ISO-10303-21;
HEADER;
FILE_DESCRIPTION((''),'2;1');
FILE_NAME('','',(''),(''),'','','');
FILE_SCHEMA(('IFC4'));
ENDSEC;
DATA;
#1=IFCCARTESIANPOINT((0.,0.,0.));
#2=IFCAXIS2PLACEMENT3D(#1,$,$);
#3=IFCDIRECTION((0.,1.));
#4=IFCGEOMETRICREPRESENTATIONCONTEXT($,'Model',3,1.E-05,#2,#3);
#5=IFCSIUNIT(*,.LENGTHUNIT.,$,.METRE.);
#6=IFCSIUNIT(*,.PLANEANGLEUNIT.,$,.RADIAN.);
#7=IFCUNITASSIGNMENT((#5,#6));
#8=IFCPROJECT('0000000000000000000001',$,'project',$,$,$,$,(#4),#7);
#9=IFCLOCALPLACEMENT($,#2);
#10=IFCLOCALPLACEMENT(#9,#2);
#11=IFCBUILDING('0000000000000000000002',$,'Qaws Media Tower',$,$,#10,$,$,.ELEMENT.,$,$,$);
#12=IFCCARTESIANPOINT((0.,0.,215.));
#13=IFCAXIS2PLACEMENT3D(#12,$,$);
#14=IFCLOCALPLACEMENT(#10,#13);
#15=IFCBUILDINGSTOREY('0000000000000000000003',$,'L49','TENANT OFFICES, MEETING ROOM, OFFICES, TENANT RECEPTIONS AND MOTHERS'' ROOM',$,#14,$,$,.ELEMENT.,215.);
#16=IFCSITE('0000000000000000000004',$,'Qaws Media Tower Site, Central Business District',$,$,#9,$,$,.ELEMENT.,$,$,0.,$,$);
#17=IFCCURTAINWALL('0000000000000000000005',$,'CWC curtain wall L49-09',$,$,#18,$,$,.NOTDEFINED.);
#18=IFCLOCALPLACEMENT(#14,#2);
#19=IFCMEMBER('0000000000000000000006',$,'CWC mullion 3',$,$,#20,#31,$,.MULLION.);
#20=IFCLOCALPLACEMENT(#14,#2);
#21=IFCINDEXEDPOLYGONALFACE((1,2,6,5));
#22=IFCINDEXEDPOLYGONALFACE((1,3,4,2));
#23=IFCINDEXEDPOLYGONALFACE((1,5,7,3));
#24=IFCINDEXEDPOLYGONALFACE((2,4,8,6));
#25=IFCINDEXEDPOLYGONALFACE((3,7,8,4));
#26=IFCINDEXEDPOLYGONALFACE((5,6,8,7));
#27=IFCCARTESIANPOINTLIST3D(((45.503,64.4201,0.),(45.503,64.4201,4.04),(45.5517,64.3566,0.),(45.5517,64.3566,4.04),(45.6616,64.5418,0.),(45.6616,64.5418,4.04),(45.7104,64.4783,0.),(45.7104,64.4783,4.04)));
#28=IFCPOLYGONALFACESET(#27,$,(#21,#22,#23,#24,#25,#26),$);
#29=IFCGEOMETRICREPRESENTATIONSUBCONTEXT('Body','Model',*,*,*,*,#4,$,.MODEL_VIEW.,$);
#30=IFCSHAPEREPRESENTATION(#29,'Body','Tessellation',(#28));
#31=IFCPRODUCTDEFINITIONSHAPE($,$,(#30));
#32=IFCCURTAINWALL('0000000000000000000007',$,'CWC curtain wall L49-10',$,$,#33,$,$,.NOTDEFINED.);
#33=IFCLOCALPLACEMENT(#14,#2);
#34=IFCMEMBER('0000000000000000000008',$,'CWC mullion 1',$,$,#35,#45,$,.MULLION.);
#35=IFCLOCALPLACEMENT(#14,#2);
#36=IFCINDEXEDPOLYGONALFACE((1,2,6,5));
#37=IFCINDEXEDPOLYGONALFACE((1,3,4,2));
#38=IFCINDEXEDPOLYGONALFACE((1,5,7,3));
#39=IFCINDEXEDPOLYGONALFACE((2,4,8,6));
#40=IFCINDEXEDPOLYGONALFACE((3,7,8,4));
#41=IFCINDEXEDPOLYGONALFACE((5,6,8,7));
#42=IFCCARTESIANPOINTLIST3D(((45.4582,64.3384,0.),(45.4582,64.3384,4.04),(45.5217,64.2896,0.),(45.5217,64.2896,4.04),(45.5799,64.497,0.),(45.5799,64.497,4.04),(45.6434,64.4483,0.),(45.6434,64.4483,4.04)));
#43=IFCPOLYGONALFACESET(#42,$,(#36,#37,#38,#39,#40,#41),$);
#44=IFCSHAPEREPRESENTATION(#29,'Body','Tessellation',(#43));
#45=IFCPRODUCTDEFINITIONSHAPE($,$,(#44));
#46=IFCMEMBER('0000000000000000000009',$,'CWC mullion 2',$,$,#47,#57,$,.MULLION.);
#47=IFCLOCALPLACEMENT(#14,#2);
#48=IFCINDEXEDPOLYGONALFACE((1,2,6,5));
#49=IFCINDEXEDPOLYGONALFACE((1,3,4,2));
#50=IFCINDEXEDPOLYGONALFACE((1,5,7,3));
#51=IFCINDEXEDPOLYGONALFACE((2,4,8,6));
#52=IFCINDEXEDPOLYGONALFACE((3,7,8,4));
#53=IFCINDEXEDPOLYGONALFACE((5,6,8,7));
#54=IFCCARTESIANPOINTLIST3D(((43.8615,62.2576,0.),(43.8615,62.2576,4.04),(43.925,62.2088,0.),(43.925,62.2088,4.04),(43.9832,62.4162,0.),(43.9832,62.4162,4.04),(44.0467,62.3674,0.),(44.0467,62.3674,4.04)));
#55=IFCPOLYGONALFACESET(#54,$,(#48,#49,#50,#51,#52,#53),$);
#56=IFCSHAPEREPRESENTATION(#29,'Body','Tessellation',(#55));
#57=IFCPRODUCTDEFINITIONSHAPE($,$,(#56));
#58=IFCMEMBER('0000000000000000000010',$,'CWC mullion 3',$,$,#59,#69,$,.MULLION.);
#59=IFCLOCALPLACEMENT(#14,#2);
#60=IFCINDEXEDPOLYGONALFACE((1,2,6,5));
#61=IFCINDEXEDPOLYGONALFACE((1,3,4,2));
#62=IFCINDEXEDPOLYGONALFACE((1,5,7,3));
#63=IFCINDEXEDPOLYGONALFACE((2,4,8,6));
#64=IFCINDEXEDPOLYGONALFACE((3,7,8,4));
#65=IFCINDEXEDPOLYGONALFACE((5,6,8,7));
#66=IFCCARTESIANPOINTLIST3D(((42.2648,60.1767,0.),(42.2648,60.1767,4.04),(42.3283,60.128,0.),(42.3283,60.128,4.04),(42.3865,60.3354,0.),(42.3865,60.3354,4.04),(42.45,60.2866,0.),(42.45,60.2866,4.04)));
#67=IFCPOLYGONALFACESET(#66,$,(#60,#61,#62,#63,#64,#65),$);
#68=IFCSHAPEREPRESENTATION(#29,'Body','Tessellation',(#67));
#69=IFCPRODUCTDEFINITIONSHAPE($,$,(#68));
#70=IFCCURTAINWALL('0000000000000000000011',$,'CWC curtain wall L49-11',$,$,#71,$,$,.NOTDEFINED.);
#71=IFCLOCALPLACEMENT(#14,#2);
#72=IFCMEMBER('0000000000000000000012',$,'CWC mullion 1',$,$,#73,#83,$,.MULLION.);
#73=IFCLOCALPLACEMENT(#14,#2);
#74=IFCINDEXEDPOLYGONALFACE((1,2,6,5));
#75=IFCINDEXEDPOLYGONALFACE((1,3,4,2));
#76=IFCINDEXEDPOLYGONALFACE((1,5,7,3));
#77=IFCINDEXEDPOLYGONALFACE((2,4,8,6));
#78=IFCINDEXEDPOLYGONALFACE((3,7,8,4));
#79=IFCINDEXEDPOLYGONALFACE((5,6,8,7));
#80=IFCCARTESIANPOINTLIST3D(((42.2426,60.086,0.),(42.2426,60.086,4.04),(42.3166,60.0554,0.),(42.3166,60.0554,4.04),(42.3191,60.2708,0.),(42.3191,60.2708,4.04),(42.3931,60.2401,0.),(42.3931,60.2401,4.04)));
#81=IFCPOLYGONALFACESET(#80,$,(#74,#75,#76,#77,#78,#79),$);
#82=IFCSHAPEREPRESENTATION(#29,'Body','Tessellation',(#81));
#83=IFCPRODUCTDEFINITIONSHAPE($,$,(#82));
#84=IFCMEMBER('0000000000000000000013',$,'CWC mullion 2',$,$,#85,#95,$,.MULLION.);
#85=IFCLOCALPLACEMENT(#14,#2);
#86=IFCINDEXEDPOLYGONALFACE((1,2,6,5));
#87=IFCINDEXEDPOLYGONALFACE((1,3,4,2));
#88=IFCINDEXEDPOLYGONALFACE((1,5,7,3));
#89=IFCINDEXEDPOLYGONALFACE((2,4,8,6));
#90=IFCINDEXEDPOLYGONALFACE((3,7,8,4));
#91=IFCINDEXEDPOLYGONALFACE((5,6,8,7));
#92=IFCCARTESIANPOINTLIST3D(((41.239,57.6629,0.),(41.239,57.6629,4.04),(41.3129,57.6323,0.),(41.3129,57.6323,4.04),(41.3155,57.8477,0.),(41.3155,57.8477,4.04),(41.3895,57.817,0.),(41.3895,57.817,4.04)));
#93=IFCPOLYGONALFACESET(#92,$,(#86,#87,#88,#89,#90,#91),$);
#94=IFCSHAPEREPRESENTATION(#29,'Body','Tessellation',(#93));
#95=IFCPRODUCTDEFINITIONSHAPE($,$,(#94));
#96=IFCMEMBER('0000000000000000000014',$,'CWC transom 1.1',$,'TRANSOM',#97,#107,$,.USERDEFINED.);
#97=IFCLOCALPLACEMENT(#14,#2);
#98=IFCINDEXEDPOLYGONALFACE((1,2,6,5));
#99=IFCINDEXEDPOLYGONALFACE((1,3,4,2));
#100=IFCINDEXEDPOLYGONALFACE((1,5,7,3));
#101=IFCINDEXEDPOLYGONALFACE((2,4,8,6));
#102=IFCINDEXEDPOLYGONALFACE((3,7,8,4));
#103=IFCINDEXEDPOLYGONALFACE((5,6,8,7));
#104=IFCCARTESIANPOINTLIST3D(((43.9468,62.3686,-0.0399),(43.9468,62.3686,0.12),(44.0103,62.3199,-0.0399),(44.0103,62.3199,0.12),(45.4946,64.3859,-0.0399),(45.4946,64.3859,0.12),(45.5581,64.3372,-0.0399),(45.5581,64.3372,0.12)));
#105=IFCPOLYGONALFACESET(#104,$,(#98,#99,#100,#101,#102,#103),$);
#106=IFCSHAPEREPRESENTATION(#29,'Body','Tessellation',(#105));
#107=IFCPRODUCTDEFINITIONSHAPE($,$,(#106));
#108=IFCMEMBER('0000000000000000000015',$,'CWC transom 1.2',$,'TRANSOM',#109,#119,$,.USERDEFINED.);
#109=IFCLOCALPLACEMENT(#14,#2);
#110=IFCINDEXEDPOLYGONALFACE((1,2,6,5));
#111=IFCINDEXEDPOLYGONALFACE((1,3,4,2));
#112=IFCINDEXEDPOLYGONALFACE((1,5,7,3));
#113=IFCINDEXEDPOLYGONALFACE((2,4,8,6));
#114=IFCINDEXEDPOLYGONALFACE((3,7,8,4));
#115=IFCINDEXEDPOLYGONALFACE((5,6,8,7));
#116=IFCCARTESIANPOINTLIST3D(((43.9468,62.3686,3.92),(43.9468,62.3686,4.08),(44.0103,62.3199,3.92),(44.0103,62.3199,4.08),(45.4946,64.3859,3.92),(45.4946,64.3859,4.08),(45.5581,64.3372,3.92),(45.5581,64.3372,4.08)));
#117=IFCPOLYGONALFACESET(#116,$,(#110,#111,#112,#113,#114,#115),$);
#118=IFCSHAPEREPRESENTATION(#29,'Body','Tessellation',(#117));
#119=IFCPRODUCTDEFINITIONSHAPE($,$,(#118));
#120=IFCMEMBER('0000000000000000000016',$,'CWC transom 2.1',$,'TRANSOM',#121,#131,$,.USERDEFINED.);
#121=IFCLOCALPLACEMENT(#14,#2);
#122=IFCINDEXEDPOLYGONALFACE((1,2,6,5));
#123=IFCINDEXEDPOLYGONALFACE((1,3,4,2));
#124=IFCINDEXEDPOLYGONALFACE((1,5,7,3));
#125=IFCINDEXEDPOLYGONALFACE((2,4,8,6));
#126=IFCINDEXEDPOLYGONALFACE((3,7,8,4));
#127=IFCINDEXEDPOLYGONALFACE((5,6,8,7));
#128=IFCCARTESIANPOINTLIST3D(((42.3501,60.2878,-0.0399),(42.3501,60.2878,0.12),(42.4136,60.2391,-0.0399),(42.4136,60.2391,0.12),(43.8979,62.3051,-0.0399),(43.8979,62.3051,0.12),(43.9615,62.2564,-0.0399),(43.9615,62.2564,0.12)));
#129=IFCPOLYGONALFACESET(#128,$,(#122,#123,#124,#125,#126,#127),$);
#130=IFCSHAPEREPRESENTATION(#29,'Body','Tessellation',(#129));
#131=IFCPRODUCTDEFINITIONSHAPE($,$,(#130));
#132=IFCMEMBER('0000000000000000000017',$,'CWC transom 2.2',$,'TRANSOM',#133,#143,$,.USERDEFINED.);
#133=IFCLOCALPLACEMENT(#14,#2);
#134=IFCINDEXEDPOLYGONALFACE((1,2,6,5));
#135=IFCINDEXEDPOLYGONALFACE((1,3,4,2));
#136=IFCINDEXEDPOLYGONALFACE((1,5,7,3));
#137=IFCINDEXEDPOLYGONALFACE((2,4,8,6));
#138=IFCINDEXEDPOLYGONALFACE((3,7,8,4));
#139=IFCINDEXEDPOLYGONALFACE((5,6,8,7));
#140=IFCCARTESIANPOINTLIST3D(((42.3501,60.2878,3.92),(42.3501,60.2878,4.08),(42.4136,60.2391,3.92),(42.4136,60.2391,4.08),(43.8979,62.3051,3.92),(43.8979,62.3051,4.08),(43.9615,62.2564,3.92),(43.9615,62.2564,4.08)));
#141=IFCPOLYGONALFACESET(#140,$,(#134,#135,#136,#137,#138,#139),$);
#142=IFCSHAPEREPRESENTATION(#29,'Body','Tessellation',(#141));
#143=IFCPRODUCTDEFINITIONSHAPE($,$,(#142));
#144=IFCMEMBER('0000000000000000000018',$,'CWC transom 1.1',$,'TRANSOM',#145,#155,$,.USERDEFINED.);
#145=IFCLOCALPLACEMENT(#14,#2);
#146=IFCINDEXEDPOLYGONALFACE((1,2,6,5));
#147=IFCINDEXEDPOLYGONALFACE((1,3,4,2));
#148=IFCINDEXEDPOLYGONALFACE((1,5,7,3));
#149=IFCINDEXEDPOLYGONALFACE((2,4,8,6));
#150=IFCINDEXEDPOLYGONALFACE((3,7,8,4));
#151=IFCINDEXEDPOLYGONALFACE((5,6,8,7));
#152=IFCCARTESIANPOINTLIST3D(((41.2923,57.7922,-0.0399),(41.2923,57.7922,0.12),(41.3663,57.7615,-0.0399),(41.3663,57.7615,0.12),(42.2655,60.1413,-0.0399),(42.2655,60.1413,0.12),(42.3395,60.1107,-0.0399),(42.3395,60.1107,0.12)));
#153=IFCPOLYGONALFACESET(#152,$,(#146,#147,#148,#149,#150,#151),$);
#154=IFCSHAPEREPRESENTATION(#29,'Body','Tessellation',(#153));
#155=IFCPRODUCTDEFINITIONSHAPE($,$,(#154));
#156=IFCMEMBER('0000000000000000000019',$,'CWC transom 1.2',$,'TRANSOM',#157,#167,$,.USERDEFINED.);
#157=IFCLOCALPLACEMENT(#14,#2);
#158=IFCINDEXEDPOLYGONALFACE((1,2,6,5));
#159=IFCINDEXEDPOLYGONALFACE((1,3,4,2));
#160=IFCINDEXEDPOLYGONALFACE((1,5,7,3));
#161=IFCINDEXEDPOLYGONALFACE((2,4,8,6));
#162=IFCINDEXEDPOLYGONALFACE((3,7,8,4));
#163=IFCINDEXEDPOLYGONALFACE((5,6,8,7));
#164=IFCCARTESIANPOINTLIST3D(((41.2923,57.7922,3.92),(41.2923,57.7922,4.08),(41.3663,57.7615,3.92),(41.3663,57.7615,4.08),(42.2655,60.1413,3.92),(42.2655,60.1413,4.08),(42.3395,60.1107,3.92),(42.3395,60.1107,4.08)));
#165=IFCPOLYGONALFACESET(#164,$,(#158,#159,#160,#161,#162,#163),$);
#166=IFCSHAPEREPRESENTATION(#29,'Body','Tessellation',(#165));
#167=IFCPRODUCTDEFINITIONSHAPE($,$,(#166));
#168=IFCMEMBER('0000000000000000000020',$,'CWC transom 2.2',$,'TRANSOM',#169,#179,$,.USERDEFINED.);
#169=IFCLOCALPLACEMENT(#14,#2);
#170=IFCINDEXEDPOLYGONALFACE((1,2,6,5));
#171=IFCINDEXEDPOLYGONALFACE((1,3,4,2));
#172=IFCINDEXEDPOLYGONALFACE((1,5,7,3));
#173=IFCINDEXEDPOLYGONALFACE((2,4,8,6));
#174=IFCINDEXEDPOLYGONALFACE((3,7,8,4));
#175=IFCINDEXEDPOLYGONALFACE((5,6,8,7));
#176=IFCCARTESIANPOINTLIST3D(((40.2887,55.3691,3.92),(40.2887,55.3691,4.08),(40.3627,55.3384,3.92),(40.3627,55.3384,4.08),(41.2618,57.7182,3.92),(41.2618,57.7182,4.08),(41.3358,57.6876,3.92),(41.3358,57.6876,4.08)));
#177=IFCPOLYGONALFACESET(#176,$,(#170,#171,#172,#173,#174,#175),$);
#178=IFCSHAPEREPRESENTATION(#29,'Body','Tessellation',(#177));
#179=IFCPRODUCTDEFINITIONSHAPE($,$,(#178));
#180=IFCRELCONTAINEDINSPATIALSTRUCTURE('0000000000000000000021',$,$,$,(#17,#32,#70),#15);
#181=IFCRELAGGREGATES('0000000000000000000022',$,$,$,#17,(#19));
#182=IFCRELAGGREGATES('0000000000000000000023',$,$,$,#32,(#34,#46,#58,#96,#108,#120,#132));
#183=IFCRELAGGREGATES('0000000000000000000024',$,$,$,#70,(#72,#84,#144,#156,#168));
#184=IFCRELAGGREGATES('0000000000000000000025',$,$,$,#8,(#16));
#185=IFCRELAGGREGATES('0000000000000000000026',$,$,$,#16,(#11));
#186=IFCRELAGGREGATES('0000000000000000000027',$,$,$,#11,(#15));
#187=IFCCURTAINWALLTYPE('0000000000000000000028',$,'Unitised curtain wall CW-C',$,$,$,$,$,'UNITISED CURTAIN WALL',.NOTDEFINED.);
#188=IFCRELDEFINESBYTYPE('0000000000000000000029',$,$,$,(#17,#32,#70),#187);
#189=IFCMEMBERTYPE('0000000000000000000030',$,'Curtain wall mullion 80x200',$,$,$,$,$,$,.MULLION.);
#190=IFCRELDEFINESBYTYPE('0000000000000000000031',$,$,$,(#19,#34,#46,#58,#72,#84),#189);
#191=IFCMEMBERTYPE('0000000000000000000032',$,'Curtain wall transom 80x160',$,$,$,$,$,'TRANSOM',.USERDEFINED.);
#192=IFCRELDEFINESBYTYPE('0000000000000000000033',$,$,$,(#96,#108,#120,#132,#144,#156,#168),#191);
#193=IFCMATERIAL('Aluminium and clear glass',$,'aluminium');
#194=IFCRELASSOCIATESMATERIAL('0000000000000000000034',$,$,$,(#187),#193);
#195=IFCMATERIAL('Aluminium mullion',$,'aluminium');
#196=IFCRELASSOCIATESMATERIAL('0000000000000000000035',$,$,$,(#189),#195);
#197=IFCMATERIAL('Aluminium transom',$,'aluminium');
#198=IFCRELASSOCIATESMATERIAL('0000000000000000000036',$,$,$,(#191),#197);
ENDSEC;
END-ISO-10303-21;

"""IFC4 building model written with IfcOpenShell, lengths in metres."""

from ifc_helpers import new_model, si_unit, direction, frame, origin, origin_2d, place, context, subcontext, project, spatial, rectangle, extrude, material, material_profile, profile_set, type_object, element, aggregate, save


model = new_model("IFC4")

# Units and contexts
model_context = context("Model", 3, precision=1e-05, world=origin(), true_north=direction((0.0, 1.0)))
body_context = subcontext(model_context, "Body", "Model", "MODEL_VIEW")
ifc_project = project(units=[si_unit("LENGTHUNIT", "METRE"), si_unit("PLANEANGLEUNIT", "RADIAN")], contexts=[model_context])

# Site, building, storey
site_placement = place(None, origin())
site = spatial("IfcSite", under=ifc_project, at=site_placement, Name="Qaws Media Tower Site, Central Business District", CompositionType="ELEMENT", RefElevation=0.0)
building_placement = place(site_placement, origin())
building = spatial("IfcBuilding", under=site, at=building_placement, Name="Qaws Media Tower", CompositionType="ELEMENT")
storey_placement = place(building_placement, frame((0.0, 0.0, 215.0)))
storey = spatial("IfcBuildingStorey", under=building, at=storey_placement, Name="L49", Description="TENANT OFFICES, MEETING ROOM, OFFICES, TENANT RECEPTIONS AND MOTHERS' ROOM", CompositionType="ELEMENT", Elevation=215.0)

# Curtain wall, member
ifc_material_1 = material(Name="Aluminium and clear glass", Category="aluminium")
curtain_wall_type = type_object("IfcCurtainWallType", Name="Unitised curtain wall CW-C", ElementType="UNITISED CURTAIN WALL", PredefinedType="NOTDEFINED", material=ifc_material_1)
curtain_wall_1_placement = place(storey_placement, origin())
curtain_wall_1 = element("IfcCurtainWall", 1, at=curtain_wall_1_placement, inside=storey, type_object=curtain_wall_type, Name="CWC curtain wall L49-09", PredefinedType="NOTDEFINED")
ifc_material_2 = material(Name="Aluminium mullion", Category="aluminium")
ifc_material_profile_1 = material_profile(ifc_material_2, rectangle(XDim=0.0801, YDim=0.2, at=origin_2d()), Name="80x200")
ifc_profile_set_1 = profile_set([ifc_material_profile_1], Name="Aluminium mullion")
member_type_1 = type_object("IfcMemberType", Name="Curtain wall mullion 80x200", PredefinedType="MULLION", material=ifc_profile_set_1)
member_1_placement = place(storey_placement, frame((45.6067, 64.4492, 0.0), z_axis=(0.0, 0.0, 1.0), x_axis=(0.608761, -0.793353, 0.0)))
member_1 = element("IfcMember", 2, at=member_1_placement, type_object=member_type_1, Name="CWC mullion 3", PredefinedType="MULLION", context=body_context, shape_type="SweptSolid", body=[
    extrude(rectangle(XDim=0.0801, YDim=0.2, at=origin_2d()), origin(), (0.0, 0.0, 1.0), 4.04),
])
aggregate(curtain_wall_1, [member_1])

# Curtain walls, members
curtain_wall_2_placement = place(storey_placement, origin())
curtain_wall_2 = element("IfcCurtainWall", 3, at=curtain_wall_2_placement, inside=storey, type_object=curtain_wall_type, Name="CWC curtain wall L49-10", PredefinedType="NOTDEFINED")
member_2_placement = place(storey_placement, frame((45.5508, 64.3933, 0.0), z_axis=(0.0, 0.0, 1.0), x_axis=(0.793353, -0.608761, 0.0)))
member_2 = element("IfcMember", 4, at=member_2_placement, type_object=member_type_1, Name="CWC mullion 1", PredefinedType="MULLION", context=body_context, shape_type="SweptSolid", body=[
    extrude(rectangle(XDim=0.0801, YDim=0.2, at=origin_2d()), origin(), (0.0, 0.0, 1.0), 4.04),
])
member_3_placement = place(storey_placement, frame((43.9541, 62.3125, 0.0), z_axis=(0.0, 0.0, 1.0), x_axis=(0.793353, -0.608761, 0.0)))
member_3 = element("IfcMember", 5, at=member_3_placement, type_object=member_type_1, Name="CWC mullion 2", PredefinedType="MULLION", context=body_context, shape_type="SweptSolid", body=[
    extrude(rectangle(XDim=0.0801, YDim=0.2, at=origin_2d()), origin(), (0.0, 0.0, 1.0), 4.04),
])
member_4_placement = place(storey_placement, frame((42.3574, 60.2317, 0.0), z_axis=(0.0, 0.0, 1.0), x_axis=(0.793353, -0.608761, 0.0)))
member_4 = element("IfcMember", 6, at=member_4_placement, type_object=member_type_1, Name="CWC mullion 3", PredefinedType="MULLION", context=body_context, shape_type="SweptSolid", body=[
    extrude(rectangle(XDim=0.0801, YDim=0.2, at=origin_2d()), origin(), (0.0, 0.0, 1.0), 4.04),
])
curtain_wall_3_placement = place(storey_placement, origin())
curtain_wall_3 = element("IfcCurtainWall", 7, at=curtain_wall_3_placement, inside=storey, type_object=curtain_wall_type, Name="CWC curtain wall L49-11", PredefinedType="NOTDEFINED")
member_5_placement = place(storey_placement, frame((42.3179, 60.1631, 0.0), z_axis=(0.0, 0.0, 1.0), x_axis=(0.923879, -0.382684, 0.0)))
member_5 = element("IfcMember", 8, at=member_5_placement, type_object=member_type_1, Name="CWC mullion 1", PredefinedType="MULLION", context=body_context, shape_type="SweptSolid", body=[
    extrude(rectangle(XDim=0.0801, YDim=0.2, at=origin_2d()), origin(), (0.0, 0.0, 1.0), 4.04),
])
member_6_placement = place(storey_placement, frame((41.3142, 57.74, 0.0), z_axis=(0.0, 0.0, 1.0), x_axis=(0.923879, -0.382684, 0.0)))
member_6 = element("IfcMember", 9, at=member_6_placement, type_object=member_type_1, Name="CWC mullion 2", PredefinedType="MULLION", context=body_context, shape_type="SweptSolid", body=[
    extrude(rectangle(XDim=0.0801, YDim=0.2, at=origin_2d()), origin(), (0.0, 0.0, 1.0), 4.04),
])

# Members
ifc_material_3 = material(Name="Aluminium transom", Category="aluminium")
ifc_material_profile_2 = material_profile(ifc_material_3, rectangle(XDim=0.0801, YDim=0.1599, at=origin_2d()), Name="80x160")
ifc_profile_set_2 = profile_set([ifc_material_profile_2], Name="Aluminium transom")
member_type_2 = type_object("IfcMemberType", Name="Curtain wall transom 80x160", ElementType="TRANSOM", PredefinedType="USERDEFINED", material=ifc_profile_set_2)
member_7_placement = place(storey_placement, frame((45.5264, 64.3616, 0.04), z_axis=(-0.608736, -0.793373, 0.0), x_axis=(0.793373, -0.608736, 0.0)))
member_7 = element("IfcMember", 10, at=member_7_placement, type_object=member_type_2, Name="CWC transom 1.1", ObjectType="TRANSOM", PredefinedType="USERDEFINED", context=body_context, shape_type="SweptSolid", body=[
    extrude(rectangle(XDim=0.0801, YDim=0.1599, at=origin_2d()), origin(), (0.0, 0.0, 1.0), 2.5427),
])
member_8_placement = place(storey_placement, frame((45.5264, 64.3616, 4.0), z_axis=(-0.608736, -0.793373, 0.0), x_axis=(0.793373, -0.608736, 0.0)))
member_8 = element("IfcMember", 11, at=member_8_placement, type_object=member_type_2, Name="CWC transom 1.2", ObjectType="TRANSOM", PredefinedType="USERDEFINED", context=body_context, shape_type="SweptSolid", body=[
    extrude(rectangle(XDim=0.0801, YDim=0.1599, at=origin_2d()), origin(), (0.0, 0.0, 1.0), 2.5427),
])
member_9_placement = place(storey_placement, frame((43.9297, 62.2808, 0.04), z_axis=(-0.608736, -0.793373, 0.0), x_axis=(0.793373, -0.608736, 0.0)))
member_9 = element("IfcMember", 12, at=member_9_placement, type_object=member_type_2, Name="CWC transom 2.1", ObjectType="TRANSOM", PredefinedType="USERDEFINED", context=body_context, shape_type="SweptSolid", body=[
    extrude(rectangle(XDim=0.0801, YDim=0.1599, at=origin_2d()), origin(), (0.0, 0.0, 1.0), 2.5427),
])
member_10_placement = place(storey_placement, frame((43.9297, 62.2808, 4.0), z_axis=(-0.608736, -0.793373, 0.0), x_axis=(0.793373, -0.608736, 0.0)))
member_10 = element("IfcMember", 13, at=member_10_placement, type_object=member_type_2, Name="CWC transom 2.2", ObjectType="TRANSOM", PredefinedType="USERDEFINED", context=body_context, shape_type="SweptSolid", body=[
    extrude(rectangle(XDim=0.0801, YDim=0.1599, at=origin_2d()), origin(), (0.0, 0.0, 1.0), 2.5427),
])
member_11_placement = place(storey_placement, frame((42.3025, 60.126, 0.04), z_axis=(-0.382719, -0.923865, 0.0), x_axis=(0.923865, -0.382719, 0.0)))
member_11 = element("IfcMember", 14, at=member_11_placement, type_object=member_type_2, Name="CWC transom 1.1", ObjectType="TRANSOM", PredefinedType="USERDEFINED", context=body_context, shape_type="SweptSolid", body=[
    extrude(rectangle(XDim=0.0801, YDim=0.1599, at=origin_2d()), origin(), (0.0, 0.0, 1.0), 2.5427),
])
member_12_placement = place(storey_placement, frame((42.3025, 60.126, 4.0), z_axis=(-0.382719, -0.923865, 0.0), x_axis=(0.923865, -0.382719, 0.0)))
member_12 = element("IfcMember", 15, at=member_12_placement, type_object=member_type_2, Name="CWC transom 1.2", ObjectType="TRANSOM", PredefinedType="USERDEFINED", context=body_context, shape_type="SweptSolid", body=[
    extrude(rectangle(XDim=0.0801, YDim=0.1599, at=origin_2d()), origin(), (0.0, 0.0, 1.0), 2.5427),
])
member_13_placement = place(storey_placement, frame((41.2988, 57.7029, 4.0), z_axis=(-0.382719, -0.923865, 0.0), x_axis=(0.923865, -0.382719, 0.0)))
member_13 = element("IfcMember", 16, at=member_13_placement, type_object=member_type_2, Name="CWC transom 2.2", ObjectType="TRANSOM", PredefinedType="USERDEFINED", context=body_context, shape_type="SweptSolid", body=[
    extrude(rectangle(XDim=0.0801, YDim=0.1599, at=origin_2d()), origin(), (0.0, 0.0, 1.0), 2.5427),
])

aggregate(curtain_wall_2, [member_2, member_3, member_4, member_7, member_8, member_9, member_10])
aggregate(curtain_wall_3, [member_5, member_6, member_11, member_12, member_13])

save(model, "model.ifc")
